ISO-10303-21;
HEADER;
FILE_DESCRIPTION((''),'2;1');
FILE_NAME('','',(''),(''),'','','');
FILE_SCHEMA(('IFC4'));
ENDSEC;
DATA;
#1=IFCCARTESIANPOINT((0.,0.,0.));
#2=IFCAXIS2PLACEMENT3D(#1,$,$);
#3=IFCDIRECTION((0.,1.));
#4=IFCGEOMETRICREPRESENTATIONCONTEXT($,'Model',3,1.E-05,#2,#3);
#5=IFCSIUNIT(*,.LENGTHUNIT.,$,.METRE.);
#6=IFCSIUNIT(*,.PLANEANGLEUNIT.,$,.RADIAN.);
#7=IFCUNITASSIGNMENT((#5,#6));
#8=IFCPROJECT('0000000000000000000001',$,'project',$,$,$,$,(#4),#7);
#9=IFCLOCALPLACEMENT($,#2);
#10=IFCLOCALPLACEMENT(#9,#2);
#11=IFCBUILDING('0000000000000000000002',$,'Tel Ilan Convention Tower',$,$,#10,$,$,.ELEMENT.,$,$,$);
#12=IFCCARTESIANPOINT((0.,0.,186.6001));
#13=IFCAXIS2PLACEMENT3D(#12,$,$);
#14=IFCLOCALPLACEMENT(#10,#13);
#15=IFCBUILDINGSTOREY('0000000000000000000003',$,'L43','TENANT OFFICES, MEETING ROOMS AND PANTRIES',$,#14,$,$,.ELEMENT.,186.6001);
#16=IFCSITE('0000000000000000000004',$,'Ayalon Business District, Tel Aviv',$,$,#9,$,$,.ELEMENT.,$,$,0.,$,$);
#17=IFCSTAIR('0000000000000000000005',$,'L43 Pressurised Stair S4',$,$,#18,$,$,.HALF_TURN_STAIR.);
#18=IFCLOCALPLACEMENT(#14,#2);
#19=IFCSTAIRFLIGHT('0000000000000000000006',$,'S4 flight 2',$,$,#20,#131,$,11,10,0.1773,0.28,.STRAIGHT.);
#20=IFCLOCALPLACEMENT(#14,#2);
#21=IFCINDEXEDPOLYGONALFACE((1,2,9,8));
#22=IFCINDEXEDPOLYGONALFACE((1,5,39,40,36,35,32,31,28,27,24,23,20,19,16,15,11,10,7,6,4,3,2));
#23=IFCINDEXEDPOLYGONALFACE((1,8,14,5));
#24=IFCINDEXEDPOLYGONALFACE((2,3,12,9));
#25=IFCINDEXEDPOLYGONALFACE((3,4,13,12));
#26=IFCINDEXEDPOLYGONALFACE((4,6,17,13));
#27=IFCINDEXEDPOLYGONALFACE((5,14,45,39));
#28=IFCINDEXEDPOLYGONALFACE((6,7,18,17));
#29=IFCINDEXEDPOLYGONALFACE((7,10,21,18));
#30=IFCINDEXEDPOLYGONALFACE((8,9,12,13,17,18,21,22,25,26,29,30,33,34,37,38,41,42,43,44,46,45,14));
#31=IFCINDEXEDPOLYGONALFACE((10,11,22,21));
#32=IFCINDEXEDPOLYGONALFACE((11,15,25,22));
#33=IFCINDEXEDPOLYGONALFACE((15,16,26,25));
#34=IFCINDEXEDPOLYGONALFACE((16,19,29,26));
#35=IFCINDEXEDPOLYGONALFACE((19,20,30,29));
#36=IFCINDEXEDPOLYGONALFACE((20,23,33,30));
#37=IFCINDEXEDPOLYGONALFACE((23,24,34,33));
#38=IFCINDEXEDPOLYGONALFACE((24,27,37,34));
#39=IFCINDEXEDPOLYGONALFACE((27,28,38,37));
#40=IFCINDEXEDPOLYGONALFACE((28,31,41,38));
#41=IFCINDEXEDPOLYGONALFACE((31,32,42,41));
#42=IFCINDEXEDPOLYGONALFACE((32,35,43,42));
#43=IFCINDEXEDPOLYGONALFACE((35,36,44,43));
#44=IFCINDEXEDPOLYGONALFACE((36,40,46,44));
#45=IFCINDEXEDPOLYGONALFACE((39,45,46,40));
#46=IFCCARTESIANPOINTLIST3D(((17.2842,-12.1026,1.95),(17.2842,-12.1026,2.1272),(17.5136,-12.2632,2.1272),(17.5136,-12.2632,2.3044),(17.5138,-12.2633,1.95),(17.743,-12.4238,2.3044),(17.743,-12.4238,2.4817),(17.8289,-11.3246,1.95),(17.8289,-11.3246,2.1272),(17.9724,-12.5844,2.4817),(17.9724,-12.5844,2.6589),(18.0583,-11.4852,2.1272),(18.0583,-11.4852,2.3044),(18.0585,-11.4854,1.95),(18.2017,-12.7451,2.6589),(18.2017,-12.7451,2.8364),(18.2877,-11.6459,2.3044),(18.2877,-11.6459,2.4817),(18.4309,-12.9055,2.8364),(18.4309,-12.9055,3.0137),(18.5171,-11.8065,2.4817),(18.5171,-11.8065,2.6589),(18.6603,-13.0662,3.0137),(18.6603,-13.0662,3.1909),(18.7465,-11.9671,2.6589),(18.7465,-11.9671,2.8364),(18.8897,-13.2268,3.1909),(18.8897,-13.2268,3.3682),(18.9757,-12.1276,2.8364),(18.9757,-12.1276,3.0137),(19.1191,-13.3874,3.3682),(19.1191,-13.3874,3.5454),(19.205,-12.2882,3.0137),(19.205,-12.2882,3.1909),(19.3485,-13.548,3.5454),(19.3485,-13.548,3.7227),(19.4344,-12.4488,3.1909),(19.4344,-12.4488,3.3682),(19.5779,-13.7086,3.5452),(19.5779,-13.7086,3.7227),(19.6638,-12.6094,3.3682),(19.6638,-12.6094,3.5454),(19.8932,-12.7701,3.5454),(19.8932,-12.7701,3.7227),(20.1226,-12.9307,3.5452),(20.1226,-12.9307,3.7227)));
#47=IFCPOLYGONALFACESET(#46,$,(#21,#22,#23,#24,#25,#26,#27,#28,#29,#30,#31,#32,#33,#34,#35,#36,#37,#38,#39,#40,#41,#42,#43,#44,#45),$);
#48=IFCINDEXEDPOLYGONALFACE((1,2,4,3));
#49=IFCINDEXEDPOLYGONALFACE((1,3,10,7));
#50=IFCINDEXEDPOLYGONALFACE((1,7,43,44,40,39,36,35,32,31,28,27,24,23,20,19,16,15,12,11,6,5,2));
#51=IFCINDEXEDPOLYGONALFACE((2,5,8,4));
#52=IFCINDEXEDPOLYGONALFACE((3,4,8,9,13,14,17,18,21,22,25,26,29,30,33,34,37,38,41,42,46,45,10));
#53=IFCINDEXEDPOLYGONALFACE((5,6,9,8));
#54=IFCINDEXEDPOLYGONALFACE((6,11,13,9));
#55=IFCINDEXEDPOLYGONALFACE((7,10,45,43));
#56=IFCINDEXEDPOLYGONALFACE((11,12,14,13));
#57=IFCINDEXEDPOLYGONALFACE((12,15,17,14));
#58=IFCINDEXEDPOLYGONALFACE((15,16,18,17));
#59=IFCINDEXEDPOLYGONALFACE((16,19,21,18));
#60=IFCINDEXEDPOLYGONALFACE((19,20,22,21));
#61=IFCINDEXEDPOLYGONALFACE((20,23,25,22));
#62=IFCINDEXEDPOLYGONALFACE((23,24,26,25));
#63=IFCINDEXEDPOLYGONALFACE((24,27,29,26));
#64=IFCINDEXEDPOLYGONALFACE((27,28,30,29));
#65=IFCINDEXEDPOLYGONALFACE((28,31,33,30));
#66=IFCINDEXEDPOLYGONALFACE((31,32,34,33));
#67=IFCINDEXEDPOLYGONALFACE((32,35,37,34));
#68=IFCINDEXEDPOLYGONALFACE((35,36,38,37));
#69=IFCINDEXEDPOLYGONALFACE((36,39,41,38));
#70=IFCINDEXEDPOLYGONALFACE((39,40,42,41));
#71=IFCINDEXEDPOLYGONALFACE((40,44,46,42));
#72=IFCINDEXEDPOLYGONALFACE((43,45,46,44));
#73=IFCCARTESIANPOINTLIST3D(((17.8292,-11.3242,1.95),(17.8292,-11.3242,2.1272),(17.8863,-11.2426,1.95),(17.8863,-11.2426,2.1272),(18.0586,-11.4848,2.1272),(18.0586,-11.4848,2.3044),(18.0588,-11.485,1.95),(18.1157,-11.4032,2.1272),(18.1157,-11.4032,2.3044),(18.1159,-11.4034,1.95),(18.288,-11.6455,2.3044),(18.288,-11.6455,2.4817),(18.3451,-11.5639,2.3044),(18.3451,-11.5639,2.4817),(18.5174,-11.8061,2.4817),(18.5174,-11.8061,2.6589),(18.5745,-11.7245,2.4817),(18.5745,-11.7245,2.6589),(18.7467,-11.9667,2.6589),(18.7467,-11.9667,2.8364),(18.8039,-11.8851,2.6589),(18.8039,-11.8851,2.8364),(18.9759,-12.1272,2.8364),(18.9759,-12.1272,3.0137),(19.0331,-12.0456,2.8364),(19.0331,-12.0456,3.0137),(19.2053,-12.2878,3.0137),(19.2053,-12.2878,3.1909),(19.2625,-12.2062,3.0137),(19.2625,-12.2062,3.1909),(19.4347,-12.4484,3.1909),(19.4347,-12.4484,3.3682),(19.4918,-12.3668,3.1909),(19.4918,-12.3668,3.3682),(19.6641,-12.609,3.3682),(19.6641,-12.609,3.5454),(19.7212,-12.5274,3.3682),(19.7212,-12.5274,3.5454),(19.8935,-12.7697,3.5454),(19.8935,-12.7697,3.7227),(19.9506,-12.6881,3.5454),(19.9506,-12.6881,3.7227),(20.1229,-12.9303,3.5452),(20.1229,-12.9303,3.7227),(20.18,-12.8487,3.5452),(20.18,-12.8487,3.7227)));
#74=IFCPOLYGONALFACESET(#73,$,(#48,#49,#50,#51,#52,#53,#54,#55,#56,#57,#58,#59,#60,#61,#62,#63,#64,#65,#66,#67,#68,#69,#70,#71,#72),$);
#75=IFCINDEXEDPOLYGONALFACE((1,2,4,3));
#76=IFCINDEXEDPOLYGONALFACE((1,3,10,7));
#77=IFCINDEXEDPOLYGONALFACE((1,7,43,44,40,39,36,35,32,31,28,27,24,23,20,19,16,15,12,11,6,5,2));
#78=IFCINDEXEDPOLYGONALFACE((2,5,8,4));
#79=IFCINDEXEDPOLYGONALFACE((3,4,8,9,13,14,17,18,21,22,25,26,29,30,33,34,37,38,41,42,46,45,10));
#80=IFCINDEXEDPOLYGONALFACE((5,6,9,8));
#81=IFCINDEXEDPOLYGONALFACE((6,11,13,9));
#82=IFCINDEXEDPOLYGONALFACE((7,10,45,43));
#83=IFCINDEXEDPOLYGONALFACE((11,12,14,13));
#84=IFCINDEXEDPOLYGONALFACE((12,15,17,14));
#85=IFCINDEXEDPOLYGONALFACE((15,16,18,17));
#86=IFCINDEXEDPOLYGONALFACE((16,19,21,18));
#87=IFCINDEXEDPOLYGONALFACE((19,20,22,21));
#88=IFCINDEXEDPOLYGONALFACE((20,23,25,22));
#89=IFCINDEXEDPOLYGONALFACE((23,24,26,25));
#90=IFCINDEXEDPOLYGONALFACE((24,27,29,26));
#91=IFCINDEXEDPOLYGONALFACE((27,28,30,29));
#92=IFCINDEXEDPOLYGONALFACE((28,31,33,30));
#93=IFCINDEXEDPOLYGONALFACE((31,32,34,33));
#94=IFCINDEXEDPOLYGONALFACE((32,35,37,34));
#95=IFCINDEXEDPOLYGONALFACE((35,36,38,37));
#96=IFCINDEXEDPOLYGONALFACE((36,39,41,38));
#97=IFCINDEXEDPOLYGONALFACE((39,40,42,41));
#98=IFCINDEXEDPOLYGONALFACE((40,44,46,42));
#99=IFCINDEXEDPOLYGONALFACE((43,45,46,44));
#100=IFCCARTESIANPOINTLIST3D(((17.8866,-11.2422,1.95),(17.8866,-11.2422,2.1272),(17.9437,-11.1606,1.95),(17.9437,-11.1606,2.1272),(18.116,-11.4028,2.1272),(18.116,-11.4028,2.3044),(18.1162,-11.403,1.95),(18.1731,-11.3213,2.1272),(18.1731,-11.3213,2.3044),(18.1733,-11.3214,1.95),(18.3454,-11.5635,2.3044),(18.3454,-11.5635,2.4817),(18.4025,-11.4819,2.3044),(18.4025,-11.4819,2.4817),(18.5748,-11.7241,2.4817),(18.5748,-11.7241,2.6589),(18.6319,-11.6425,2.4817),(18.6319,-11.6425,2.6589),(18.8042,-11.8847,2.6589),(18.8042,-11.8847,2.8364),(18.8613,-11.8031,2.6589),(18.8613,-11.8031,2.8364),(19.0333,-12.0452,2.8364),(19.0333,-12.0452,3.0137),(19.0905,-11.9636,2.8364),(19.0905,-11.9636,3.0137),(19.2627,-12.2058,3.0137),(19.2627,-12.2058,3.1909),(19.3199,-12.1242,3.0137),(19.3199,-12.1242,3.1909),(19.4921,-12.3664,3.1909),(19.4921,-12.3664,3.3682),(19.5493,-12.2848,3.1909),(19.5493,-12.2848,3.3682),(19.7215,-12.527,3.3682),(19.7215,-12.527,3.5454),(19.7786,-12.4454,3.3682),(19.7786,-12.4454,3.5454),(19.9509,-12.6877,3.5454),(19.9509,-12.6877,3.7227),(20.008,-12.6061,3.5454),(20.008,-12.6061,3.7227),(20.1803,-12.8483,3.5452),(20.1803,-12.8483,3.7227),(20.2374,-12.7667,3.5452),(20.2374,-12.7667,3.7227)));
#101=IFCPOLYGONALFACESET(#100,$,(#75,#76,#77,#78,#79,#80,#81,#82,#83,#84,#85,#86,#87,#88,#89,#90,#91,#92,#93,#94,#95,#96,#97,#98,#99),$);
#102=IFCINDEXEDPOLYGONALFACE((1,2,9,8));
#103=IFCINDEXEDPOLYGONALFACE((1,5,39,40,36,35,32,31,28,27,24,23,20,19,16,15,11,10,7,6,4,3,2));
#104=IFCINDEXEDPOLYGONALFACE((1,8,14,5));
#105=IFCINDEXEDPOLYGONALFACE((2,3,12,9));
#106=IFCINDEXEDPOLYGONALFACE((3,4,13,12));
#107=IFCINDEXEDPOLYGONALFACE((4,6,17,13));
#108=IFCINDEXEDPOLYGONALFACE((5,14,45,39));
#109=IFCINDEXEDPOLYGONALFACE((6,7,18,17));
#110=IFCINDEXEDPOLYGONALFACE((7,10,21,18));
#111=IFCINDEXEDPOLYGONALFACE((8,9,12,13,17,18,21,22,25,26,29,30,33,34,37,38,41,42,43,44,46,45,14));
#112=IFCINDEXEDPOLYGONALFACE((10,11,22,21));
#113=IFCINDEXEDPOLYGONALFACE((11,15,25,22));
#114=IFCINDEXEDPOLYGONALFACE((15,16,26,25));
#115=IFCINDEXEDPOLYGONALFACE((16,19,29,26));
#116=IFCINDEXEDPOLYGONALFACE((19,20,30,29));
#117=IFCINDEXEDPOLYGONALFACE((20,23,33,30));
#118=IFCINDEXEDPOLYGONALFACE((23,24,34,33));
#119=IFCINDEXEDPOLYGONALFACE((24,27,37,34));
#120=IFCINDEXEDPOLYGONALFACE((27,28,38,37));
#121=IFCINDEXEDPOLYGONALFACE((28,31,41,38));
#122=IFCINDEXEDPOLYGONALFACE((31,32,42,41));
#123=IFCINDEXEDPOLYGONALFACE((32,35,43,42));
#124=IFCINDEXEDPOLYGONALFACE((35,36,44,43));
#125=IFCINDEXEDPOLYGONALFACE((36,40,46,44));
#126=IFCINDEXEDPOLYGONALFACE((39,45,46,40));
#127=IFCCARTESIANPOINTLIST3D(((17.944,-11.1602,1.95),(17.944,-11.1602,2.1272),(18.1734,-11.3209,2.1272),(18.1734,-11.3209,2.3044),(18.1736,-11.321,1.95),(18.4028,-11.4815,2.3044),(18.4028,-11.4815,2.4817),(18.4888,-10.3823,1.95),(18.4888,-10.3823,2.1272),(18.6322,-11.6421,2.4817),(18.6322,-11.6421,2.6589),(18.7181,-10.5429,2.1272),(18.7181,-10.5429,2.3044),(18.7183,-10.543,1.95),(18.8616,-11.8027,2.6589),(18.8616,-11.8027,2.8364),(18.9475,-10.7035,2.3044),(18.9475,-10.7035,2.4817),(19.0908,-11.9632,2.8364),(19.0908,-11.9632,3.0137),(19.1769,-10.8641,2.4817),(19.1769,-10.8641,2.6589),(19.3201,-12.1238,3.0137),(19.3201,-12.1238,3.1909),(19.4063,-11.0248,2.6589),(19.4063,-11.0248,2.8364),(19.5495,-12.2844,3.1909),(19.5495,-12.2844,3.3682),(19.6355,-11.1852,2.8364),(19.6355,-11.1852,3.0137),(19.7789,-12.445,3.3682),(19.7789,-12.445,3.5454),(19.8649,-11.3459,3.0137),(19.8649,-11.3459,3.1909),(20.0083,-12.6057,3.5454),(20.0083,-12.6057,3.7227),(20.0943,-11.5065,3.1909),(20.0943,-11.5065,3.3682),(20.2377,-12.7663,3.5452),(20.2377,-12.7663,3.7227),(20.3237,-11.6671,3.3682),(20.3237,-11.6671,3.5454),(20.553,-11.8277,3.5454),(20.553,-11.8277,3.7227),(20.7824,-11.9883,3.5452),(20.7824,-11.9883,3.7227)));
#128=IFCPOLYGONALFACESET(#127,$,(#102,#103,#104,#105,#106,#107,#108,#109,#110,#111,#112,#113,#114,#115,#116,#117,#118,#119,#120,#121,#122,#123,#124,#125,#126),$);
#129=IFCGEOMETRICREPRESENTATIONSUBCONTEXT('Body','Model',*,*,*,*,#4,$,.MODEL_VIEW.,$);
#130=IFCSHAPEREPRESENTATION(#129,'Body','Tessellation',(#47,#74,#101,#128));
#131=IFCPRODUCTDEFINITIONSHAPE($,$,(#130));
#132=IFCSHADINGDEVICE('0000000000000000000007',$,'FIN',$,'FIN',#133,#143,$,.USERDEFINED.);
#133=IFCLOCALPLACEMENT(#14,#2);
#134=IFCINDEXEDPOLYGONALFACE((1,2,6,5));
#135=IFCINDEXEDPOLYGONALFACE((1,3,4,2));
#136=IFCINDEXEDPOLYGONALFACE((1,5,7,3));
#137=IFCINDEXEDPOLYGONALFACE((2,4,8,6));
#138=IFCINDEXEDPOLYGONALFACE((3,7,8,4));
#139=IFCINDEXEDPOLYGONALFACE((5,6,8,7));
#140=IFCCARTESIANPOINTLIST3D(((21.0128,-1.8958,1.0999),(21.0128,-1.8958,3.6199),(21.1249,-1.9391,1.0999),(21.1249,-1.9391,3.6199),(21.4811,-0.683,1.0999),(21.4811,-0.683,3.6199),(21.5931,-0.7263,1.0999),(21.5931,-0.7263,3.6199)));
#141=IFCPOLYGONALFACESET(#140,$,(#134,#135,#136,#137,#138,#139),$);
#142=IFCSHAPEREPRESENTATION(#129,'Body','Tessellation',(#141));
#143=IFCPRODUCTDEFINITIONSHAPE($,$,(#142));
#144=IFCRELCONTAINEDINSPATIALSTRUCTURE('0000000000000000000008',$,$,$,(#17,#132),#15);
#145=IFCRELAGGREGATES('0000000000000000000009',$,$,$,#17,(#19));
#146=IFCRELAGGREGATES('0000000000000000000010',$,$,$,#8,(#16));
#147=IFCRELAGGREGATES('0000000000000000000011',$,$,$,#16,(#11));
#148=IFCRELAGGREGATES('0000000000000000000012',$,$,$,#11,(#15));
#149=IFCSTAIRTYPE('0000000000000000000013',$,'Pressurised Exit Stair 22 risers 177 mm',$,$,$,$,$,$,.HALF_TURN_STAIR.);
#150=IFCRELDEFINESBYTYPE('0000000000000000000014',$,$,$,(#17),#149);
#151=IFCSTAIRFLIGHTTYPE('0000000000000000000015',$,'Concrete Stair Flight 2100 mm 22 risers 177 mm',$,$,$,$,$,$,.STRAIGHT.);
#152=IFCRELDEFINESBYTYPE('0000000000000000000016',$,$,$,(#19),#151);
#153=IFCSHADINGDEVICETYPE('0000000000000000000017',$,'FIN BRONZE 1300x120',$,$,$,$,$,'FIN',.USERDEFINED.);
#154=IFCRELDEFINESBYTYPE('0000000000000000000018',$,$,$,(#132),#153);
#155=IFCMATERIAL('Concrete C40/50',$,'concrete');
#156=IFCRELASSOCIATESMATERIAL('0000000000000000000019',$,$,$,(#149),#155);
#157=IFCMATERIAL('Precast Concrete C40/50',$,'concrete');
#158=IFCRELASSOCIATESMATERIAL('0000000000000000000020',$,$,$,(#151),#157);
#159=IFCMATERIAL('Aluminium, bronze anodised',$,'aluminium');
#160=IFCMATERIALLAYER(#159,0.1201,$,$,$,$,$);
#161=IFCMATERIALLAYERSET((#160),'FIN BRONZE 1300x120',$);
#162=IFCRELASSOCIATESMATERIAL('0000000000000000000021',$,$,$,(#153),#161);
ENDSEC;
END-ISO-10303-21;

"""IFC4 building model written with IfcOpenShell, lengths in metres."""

from ifc_helpers import new_model, si_unit, direction, frame, origin, origin_2d, place, context, subcontext, project, spatial, polyline, rectangle, outline, extrude, material, layer, layer_set, type_object, element, aggregate, save


model = new_model("IFC4")

# Units and contexts
model_context = context("Model", 3, precision=1e-05, world=origin(), true_north=direction((0.0, 1.0)))
body_context = subcontext(model_context, "Body", "Model", "MODEL_VIEW")
ifc_project = project(units=[si_unit("LENGTHUNIT", "METRE"), si_unit("PLANEANGLEUNIT", "RADIAN")], contexts=[model_context])

# Site, building, storey
site_placement = place(None, origin())
site = spatial("IfcSite", under=ifc_project, at=site_placement, Name="Ayalon Business District, Tel Aviv", CompositionType="ELEMENT", RefElevation=0.0)
building_placement = place(site_placement, origin())
building = spatial("IfcBuilding", under=site, at=building_placement, Name="Tel Ilan Convention Tower", CompositionType="ELEMENT")
storey_placement = place(building_placement, frame((0.0, 0.0, 186.6001)))
storey = spatial("IfcBuildingStorey", under=building, at=storey_placement, Name="L43", Description="TENANT OFFICES, MEETING ROOMS AND PANTRIES", CompositionType="ELEMENT", Elevation=186.6001)

# Shared definitions
ifc_material_1 = material(Name="Concrete C40/50", Category="concrete")
stair_type = type_object("IfcStairType", Name="Pressurised Exit Stair 22 risers 177 mm", PredefinedType="HALF_TURN_STAIR", material=ifc_material_1)
ifc_material_2 = material(Name="Precast Concrete C40/50", Category="concrete")
stair_flight_type = type_object("IfcStairFlightType", Name="Concrete Stair Flight 2100 mm 22 risers 177 mm", PredefinedType="STRAIGHT", material=ifc_material_2)

# Stair, stair flight
stair_1_placement = place(storey_placement, origin())
stair_1 = element("IfcStair", 1, at=stair_1_placement, inside=storey, type_object=stair_type, Name="L43 Pressurised Stair S4", PredefinedType="HALF_TURN_STAIR")
stair_flight_1_placement = place(storey_placement, frame((17.8865, -11.2424, 1.95), z_axis=(0.0, 0.0, 1.0), x_axis=(0.819152, -0.573576, 0.0)))
stair_flight_1 = element("IfcStairFlight", 2, at=stair_flight_1_placement, type_object=stair_flight_type, Name="S4 flight 2", NumberOfRisers=11, NumberOfTreads=10, PredefinedType="STRAIGHT", RiserHeight=0.1773, TreadLength=0.28, context=body_context, shape_type="SweptSolid", body=[
    extrude(outline(polyline([(0.0, 0.0), (0.0, 0.1772), (0.28, 0.1772), (0.28, 0.3545), (0.5601, 0.3545), (0.5601, 0.5317), (0.8401, 0.5317), (0.8401, 0.709), (1.1201, 0.709), (1.1201, 0.8865), (1.3999, 0.8865), (1.3999, 1.0637), (1.6799, 1.0637), (1.6799, 1.241), (1.96, 1.241), (1.96, 1.4182), (2.24, 1.4182), (2.24, 1.5955), (2.52, 1.5955), (2.52, 1.7727), (2.8, 1.7727), (2.8, 1.95), (2.8, 1.5952), (0.2803, 0.0), (0.0, 0.0)])), frame((0.0, -0.1003, 0.0), z_axis=(0.0, -1.0, 0.0), x_axis=(1.0, 0.0, 0.0)), (0.0, 0.0, 1.0), 0.9497),
    extrude(outline(polyline([(0.0, 0.0), (0.0, 0.1772), (0.28, 0.1772), (0.28, 0.3545), (0.5601, 0.3545), (0.5601, 0.5317), (0.8401, 0.5317), (0.8401, 0.709), (1.1201, 0.709), (1.1201, 0.8865), (1.3999, 0.8865), (1.3999, 1.0637), (1.6799, 1.0637), (1.6799, 1.241), (1.96, 1.241), (1.96, 1.4182), (2.24, 1.4182), (2.24, 1.5955), (2.52, 1.5955), (2.52, 1.7727), (2.8, 1.7727), (2.8, 1.95), (2.8, 1.5952), (0.2803, 0.0), (0.0, 0.0)])), frame((0.0, -0.0002, 0.0), z_axis=(0.0, -1.0, 0.0), x_axis=(1.0, 0.0, 0.0)), (0.0, 0.0, 1.0), 0.0996),
    extrude(outline(polyline([(0.0, 0.0), (0.0, 0.1772), (0.28, 0.1772), (0.28, 0.3545), (0.5601, 0.3545), (0.5601, 0.5317), (0.8401, 0.5317), (0.8401, 0.709), (1.1201, 0.709), (1.1201, 0.8865), (1.3999, 0.8865), (1.3999, 1.0637), (1.6799, 1.0637), (1.6799, 1.241), (1.96, 1.241), (1.96, 1.4182), (2.24, 1.4182), (2.24, 1.5955), (2.52, 1.5955), (2.52, 1.7727), (2.8, 1.7727), (2.8, 1.95), (2.8, 1.5952), (0.2803, 0.0), (0.0, 0.0)])), frame((0.0, 0.0999, 0.0), z_axis=(0.0, -1.0, 0.0), x_axis=(1.0, 0.0, 0.0)), (0.0, 0.0, 1.0), 0.0996),
    extrude(outline(polyline([(0.0, 0.0), (0.0, 0.1772), (0.28, 0.1772), (0.28, 0.3545), (0.5601, 0.3545), (0.5601, 0.5317), (0.8401, 0.5317), (0.8401, 0.709), (1.1201, 0.709), (1.1201, 0.8865), (1.3999, 0.8865), (1.3999, 1.0637), (1.6799, 1.0637), (1.6799, 1.241), (1.96, 1.241), (1.96, 1.4182), (2.24, 1.4182), (2.24, 1.5955), (2.52, 1.5955), (2.52, 1.7727), (2.8, 1.7727), (2.8, 1.95), (2.8, 1.5952), (0.2803, 0.0), (0.0, 0.0)])), frame((0.0, 1.05, 0.0), z_axis=(0.0, -1.0, 0.0), x_axis=(1.0, 0.0, 0.0)), (0.0, 0.0, 1.0), 0.9497),
])
aggregate(stair_1, [stair_flight_1])

# Shading device
ifc_material_3 = material(Name="Aluminium, bronze anodised", Category="aluminium")
ifc_layer_1 = layer(ifc_material_3, 0.1201)
ifc_layer_set_1 = layer_set([ifc_layer_1], Name="FIN BRONZE 1300x120")
shading_device_type = type_object("IfcShadingDeviceType", Name="FIN BRONZE 1300x120", ElementType="FIN", PredefinedType="USERDEFINED", material=ifc_layer_set_1)
shading_device_placement = place(storey_placement, frame((21.303, -1.311, 1.0999), z_axis=(0.0, 0.0, 1.0), x_axis=(0.360178, 0.932884, 0.0)))
element("IfcShadingDevice", 3, at=shading_device_placement, inside=storey, type_object=shading_device_type, Name="FIN", ObjectType="FIN", PredefinedType="USERDEFINED", context=body_context, shape_type="SweptSolid", body=[
    extrude(rectangle(XDim=1.3, YDim=0.1201, at=origin_2d()), origin(), (0.0, 0.0, 1.0), 2.52),
])

save(model, "model.ifc")
